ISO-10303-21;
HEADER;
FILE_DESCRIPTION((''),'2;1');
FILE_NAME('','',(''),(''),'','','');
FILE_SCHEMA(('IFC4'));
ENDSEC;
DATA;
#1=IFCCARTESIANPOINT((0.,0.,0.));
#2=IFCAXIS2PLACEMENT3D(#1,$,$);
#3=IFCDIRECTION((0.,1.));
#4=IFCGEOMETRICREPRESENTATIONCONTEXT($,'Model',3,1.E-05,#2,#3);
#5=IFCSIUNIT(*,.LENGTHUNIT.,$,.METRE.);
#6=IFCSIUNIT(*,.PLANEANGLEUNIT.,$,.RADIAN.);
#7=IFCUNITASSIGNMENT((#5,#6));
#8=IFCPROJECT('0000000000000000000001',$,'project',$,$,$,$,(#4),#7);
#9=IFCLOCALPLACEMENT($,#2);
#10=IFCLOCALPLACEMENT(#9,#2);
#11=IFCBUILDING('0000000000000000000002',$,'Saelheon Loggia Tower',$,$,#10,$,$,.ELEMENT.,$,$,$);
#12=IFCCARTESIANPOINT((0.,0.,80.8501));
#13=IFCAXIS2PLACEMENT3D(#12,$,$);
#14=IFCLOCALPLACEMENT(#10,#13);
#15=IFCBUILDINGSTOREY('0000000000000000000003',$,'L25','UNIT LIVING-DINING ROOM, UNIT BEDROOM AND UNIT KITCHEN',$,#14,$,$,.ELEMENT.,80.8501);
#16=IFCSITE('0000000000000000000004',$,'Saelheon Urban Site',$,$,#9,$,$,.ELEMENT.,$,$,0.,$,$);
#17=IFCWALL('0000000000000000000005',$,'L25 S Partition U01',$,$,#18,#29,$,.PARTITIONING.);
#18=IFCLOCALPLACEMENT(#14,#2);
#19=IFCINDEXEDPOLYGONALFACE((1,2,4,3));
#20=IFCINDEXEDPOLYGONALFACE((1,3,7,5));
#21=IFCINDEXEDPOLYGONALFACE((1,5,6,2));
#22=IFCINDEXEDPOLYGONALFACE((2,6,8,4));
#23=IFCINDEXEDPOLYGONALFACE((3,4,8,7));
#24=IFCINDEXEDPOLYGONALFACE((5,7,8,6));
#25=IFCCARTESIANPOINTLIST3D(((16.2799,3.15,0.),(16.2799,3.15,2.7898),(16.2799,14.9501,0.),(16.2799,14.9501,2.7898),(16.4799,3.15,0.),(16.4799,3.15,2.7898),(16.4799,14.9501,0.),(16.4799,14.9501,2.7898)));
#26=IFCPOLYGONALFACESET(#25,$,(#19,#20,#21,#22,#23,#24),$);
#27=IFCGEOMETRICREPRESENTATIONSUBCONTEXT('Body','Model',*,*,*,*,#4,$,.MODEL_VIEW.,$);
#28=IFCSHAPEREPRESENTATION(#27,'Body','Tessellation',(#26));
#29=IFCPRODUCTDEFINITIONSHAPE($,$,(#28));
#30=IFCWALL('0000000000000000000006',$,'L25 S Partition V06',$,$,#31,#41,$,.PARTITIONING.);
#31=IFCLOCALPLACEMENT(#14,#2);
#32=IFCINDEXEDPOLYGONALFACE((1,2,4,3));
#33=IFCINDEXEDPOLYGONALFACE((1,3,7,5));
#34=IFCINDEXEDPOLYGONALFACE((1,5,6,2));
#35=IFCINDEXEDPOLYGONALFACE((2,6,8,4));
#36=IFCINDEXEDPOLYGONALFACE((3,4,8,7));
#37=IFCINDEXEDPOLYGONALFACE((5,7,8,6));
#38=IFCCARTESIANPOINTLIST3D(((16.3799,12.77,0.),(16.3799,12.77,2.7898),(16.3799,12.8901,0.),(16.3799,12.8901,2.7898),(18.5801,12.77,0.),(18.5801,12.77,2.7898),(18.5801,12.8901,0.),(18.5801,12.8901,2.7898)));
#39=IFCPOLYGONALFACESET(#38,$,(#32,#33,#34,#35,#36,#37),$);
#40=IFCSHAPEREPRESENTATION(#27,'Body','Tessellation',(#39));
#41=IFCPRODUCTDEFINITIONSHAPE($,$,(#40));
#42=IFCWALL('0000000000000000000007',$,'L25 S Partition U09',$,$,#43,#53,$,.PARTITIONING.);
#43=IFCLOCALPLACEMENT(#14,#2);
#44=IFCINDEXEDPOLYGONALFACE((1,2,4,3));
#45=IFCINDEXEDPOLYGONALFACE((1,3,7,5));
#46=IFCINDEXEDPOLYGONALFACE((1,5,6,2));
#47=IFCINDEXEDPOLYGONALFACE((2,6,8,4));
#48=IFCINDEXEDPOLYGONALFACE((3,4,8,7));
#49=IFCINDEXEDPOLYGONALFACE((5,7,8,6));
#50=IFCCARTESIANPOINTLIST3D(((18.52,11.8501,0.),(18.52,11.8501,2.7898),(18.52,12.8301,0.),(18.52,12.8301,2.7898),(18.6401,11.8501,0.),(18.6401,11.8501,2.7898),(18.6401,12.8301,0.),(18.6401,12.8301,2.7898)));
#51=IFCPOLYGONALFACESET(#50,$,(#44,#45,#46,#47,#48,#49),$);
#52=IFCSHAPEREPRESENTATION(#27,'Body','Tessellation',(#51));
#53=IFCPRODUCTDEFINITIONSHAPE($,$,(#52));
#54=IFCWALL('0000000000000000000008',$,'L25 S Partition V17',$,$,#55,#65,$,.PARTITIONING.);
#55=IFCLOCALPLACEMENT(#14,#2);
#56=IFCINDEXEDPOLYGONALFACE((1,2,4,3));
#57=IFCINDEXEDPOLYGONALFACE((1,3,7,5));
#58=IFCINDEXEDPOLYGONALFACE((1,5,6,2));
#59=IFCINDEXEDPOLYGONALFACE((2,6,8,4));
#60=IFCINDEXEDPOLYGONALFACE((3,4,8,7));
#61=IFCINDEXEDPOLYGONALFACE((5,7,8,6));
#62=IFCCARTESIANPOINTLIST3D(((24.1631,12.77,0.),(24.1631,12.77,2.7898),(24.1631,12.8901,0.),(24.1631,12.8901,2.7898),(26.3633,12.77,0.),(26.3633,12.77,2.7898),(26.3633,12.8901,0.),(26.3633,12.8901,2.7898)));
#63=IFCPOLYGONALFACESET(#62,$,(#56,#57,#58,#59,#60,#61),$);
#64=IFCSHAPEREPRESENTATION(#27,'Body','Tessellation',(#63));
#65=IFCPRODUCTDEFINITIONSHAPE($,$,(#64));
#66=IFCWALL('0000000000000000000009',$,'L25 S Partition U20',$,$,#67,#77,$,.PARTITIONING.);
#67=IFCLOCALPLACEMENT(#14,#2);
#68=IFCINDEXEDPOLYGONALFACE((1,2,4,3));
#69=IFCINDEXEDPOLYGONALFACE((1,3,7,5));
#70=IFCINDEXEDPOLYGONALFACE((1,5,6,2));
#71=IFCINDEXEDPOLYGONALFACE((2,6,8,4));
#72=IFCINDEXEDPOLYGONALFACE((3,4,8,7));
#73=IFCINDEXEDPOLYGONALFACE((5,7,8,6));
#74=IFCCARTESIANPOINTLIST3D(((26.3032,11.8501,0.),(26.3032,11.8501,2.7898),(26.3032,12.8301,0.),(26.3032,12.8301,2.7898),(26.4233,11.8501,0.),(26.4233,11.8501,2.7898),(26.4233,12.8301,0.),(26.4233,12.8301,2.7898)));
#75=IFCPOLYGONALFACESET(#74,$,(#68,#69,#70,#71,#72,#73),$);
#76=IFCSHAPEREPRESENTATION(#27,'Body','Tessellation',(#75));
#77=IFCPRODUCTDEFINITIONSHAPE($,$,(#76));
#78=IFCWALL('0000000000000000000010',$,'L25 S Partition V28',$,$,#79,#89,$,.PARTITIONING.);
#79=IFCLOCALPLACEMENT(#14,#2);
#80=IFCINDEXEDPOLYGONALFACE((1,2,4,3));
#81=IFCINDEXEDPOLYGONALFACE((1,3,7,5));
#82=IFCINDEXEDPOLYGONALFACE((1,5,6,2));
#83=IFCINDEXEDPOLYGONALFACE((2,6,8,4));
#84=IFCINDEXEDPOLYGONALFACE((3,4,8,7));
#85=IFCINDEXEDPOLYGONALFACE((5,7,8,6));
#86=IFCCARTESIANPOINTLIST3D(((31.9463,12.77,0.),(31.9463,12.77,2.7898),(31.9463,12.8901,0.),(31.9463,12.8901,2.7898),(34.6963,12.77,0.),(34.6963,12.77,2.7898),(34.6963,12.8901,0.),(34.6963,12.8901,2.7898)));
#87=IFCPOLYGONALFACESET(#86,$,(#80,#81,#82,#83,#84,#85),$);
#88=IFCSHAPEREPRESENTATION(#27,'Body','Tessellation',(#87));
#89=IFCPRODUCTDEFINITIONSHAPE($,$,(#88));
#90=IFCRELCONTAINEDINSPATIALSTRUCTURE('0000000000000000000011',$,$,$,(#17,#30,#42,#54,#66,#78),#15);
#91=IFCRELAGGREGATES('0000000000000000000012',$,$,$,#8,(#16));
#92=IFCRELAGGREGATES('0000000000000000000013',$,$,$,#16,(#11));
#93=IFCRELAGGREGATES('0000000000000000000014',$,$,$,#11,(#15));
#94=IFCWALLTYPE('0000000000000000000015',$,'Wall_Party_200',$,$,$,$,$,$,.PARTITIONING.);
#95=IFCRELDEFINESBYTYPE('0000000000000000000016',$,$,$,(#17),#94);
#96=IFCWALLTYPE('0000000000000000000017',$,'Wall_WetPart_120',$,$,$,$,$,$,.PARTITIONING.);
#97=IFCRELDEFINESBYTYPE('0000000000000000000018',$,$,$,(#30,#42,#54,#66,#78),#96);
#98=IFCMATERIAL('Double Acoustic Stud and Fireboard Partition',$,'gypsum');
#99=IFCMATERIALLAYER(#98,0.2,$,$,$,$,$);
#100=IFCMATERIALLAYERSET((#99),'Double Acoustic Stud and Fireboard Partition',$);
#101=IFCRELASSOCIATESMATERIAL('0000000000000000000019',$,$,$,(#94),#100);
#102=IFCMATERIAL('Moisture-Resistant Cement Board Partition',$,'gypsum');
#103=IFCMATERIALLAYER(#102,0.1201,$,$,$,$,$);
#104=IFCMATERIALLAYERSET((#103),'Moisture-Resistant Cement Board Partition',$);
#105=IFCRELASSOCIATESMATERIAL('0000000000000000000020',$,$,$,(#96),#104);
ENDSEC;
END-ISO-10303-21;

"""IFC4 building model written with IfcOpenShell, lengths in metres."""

from ifc_helpers import new_model, si_unit, direction, frame, frame_2d, origin, place, context, subcontext, project, spatial, rectangle, extrude, material, layer, layer_set, type_object, element, save


model = new_model("IFC4")

# Units and contexts
model_context = context("Model", 3, precision=1e-05, world=origin(), true_north=direction((0.0, 1.0)))
body_context = subcontext(model_context, "Body", "Model", "MODEL_VIEW")
ifc_project = project(units=[si_unit("LENGTHUNIT", "METRE"), si_unit("PLANEANGLEUNIT", "RADIAN")], contexts=[model_context])

# Site, building, storey
site_placement = place(None, origin())
site = spatial("IfcSite", under=ifc_project, at=site_placement, Name="Saelheon Urban Site", CompositionType="ELEMENT", RefElevation=0.0)
building_placement = place(site_placement, origin())
building = spatial("IfcBuilding", under=site, at=building_placement, Name="Saelheon Loggia Tower", CompositionType="ELEMENT")
storey_placement = place(building_placement, frame((0.0, 0.0, 80.8501)))
storey = spatial("IfcBuildingStorey", under=building, at=storey_placement, Name="L25", Description="UNIT LIVING-DINING ROOM, UNIT BEDROOM AND UNIT KITCHEN", CompositionType="ELEMENT", Elevation=80.8501)

# Walls
ifc_material_1 = material(Name="Double Acoustic Stud and Fireboard Partition", Category="gypsum")
ifc_layer_1 = layer(ifc_material_1, 0.2)
ifc_layer_set_1 = layer_set([ifc_layer_1], Name="Double Acoustic Stud and Fireboard Partition")
wall_type_1 = type_object("IfcWallType", Name="Wall_Party_200", PredefinedType="PARTITIONING", material=ifc_layer_set_1)
wall_1_placement = place(storey_placement, frame((16.3799, 14.95, 0.0), z_axis=(0.0, 0.0, 1.0), x_axis=(0.0, -1.0, 0.0)))
element("IfcWall", 1, at=wall_1_placement, inside=storey, type_object=wall_type_1, Name="L25 S Partition U01", PredefinedType="PARTITIONING", context=body_context, shape_type="SweptSolid", body=[
    extrude(rectangle(XDim=11.8, YDim=0.2, at=frame_2d((5.8999, 0.0))), origin(), (0.0, 0.0, 1.0), 2.7898),
])
ifc_material_2 = material(Name="Moisture-Resistant Cement Board Partition", Category="gypsum")
ifc_layer_2 = layer(ifc_material_2, 0.1201)
ifc_layer_set_2 = layer_set([ifc_layer_2], Name="Moisture-Resistant Cement Board Partition")
wall_type_2 = type_object("IfcWallType", Name="Wall_WetPart_120", PredefinedType="PARTITIONING", material=ifc_layer_set_2)
wall_2_placement = place(storey_placement, frame((16.3799, 12.8301, 0.0), z_axis=(0.0, 0.0, 1.0), x_axis=(1.0, 0.0, 0.0)))
element("IfcWall", 2, at=wall_2_placement, inside=storey, type_object=wall_type_2, Name="L25 S Partition V06", PredefinedType="PARTITIONING", context=body_context, shape_type="SweptSolid", body=[
    extrude(rectangle(XDim=2.2002, YDim=0.1201, at=frame_2d((1.1001, 0.0))), origin(), (0.0, 0.0, 1.0), 2.7898),
])
wall_3_placement = place(storey_placement, frame((18.5801, 12.8301, 0.0), z_axis=(0.0, 0.0, 1.0), x_axis=(0.0, -1.0, 0.0)))
element("IfcWall", 3, at=wall_3_placement, inside=storey, type_object=wall_type_2, Name="L25 S Partition U09", PredefinedType="PARTITIONING", context=body_context, shape_type="SweptSolid", body=[
    extrude(rectangle(XDim=0.98, YDim=0.1201, at=frame_2d((0.49, 0.0))), origin(), (0.0, 0.0, 1.0), 2.7898),
])
wall_4_placement = place(storey_placement, frame((24.1631, 12.8301, 0.0), z_axis=(0.0, 0.0, 1.0), x_axis=(1.0, 0.0, 0.0)))
element("IfcWall", 4, at=wall_4_placement, inside=storey, type_object=wall_type_2, Name="L25 S Partition V17", PredefinedType="PARTITIONING", context=body_context, shape_type="SweptSolid", body=[
    extrude(rectangle(XDim=2.2002, YDim=0.1201, at=frame_2d((1.1001, 0.0))), origin(), (0.0, 0.0, 1.0), 2.7898),
])
wall_5_placement = place(storey_placement, frame((26.3633, 12.8301, 0.0), z_axis=(0.0, 0.0, 1.0), x_axis=(0.0, -1.0, 0.0)))
element("IfcWall", 5, at=wall_5_placement, inside=storey, type_object=wall_type_2, Name="L25 S Partition U20", PredefinedType="PARTITIONING", context=body_context, shape_type="SweptSolid", body=[
    extrude(rectangle(XDim=0.98, YDim=0.1201, at=frame_2d((0.49, 0.0))), origin(), (0.0, 0.0, 1.0), 2.7898),
])
wall_6_placement = place(storey_placement, frame((31.9463, 12.8301, 0.0), z_axis=(0.0, 0.0, 1.0), x_axis=(1.0, 0.0, 0.0)))
element("IfcWall", 6, at=wall_6_placement, inside=storey, type_object=wall_type_2, Name="L25 S Partition V28", PredefinedType="PARTITIONING", context=body_context, shape_type="SweptSolid", body=[
    extrude(rectangle(XDim=2.75, YDim=0.1201, at=frame_2d((1.375, 0.0))), origin(), (0.0, 0.0, 1.0), 2.7898),
])

save(model, "model.ifc")
